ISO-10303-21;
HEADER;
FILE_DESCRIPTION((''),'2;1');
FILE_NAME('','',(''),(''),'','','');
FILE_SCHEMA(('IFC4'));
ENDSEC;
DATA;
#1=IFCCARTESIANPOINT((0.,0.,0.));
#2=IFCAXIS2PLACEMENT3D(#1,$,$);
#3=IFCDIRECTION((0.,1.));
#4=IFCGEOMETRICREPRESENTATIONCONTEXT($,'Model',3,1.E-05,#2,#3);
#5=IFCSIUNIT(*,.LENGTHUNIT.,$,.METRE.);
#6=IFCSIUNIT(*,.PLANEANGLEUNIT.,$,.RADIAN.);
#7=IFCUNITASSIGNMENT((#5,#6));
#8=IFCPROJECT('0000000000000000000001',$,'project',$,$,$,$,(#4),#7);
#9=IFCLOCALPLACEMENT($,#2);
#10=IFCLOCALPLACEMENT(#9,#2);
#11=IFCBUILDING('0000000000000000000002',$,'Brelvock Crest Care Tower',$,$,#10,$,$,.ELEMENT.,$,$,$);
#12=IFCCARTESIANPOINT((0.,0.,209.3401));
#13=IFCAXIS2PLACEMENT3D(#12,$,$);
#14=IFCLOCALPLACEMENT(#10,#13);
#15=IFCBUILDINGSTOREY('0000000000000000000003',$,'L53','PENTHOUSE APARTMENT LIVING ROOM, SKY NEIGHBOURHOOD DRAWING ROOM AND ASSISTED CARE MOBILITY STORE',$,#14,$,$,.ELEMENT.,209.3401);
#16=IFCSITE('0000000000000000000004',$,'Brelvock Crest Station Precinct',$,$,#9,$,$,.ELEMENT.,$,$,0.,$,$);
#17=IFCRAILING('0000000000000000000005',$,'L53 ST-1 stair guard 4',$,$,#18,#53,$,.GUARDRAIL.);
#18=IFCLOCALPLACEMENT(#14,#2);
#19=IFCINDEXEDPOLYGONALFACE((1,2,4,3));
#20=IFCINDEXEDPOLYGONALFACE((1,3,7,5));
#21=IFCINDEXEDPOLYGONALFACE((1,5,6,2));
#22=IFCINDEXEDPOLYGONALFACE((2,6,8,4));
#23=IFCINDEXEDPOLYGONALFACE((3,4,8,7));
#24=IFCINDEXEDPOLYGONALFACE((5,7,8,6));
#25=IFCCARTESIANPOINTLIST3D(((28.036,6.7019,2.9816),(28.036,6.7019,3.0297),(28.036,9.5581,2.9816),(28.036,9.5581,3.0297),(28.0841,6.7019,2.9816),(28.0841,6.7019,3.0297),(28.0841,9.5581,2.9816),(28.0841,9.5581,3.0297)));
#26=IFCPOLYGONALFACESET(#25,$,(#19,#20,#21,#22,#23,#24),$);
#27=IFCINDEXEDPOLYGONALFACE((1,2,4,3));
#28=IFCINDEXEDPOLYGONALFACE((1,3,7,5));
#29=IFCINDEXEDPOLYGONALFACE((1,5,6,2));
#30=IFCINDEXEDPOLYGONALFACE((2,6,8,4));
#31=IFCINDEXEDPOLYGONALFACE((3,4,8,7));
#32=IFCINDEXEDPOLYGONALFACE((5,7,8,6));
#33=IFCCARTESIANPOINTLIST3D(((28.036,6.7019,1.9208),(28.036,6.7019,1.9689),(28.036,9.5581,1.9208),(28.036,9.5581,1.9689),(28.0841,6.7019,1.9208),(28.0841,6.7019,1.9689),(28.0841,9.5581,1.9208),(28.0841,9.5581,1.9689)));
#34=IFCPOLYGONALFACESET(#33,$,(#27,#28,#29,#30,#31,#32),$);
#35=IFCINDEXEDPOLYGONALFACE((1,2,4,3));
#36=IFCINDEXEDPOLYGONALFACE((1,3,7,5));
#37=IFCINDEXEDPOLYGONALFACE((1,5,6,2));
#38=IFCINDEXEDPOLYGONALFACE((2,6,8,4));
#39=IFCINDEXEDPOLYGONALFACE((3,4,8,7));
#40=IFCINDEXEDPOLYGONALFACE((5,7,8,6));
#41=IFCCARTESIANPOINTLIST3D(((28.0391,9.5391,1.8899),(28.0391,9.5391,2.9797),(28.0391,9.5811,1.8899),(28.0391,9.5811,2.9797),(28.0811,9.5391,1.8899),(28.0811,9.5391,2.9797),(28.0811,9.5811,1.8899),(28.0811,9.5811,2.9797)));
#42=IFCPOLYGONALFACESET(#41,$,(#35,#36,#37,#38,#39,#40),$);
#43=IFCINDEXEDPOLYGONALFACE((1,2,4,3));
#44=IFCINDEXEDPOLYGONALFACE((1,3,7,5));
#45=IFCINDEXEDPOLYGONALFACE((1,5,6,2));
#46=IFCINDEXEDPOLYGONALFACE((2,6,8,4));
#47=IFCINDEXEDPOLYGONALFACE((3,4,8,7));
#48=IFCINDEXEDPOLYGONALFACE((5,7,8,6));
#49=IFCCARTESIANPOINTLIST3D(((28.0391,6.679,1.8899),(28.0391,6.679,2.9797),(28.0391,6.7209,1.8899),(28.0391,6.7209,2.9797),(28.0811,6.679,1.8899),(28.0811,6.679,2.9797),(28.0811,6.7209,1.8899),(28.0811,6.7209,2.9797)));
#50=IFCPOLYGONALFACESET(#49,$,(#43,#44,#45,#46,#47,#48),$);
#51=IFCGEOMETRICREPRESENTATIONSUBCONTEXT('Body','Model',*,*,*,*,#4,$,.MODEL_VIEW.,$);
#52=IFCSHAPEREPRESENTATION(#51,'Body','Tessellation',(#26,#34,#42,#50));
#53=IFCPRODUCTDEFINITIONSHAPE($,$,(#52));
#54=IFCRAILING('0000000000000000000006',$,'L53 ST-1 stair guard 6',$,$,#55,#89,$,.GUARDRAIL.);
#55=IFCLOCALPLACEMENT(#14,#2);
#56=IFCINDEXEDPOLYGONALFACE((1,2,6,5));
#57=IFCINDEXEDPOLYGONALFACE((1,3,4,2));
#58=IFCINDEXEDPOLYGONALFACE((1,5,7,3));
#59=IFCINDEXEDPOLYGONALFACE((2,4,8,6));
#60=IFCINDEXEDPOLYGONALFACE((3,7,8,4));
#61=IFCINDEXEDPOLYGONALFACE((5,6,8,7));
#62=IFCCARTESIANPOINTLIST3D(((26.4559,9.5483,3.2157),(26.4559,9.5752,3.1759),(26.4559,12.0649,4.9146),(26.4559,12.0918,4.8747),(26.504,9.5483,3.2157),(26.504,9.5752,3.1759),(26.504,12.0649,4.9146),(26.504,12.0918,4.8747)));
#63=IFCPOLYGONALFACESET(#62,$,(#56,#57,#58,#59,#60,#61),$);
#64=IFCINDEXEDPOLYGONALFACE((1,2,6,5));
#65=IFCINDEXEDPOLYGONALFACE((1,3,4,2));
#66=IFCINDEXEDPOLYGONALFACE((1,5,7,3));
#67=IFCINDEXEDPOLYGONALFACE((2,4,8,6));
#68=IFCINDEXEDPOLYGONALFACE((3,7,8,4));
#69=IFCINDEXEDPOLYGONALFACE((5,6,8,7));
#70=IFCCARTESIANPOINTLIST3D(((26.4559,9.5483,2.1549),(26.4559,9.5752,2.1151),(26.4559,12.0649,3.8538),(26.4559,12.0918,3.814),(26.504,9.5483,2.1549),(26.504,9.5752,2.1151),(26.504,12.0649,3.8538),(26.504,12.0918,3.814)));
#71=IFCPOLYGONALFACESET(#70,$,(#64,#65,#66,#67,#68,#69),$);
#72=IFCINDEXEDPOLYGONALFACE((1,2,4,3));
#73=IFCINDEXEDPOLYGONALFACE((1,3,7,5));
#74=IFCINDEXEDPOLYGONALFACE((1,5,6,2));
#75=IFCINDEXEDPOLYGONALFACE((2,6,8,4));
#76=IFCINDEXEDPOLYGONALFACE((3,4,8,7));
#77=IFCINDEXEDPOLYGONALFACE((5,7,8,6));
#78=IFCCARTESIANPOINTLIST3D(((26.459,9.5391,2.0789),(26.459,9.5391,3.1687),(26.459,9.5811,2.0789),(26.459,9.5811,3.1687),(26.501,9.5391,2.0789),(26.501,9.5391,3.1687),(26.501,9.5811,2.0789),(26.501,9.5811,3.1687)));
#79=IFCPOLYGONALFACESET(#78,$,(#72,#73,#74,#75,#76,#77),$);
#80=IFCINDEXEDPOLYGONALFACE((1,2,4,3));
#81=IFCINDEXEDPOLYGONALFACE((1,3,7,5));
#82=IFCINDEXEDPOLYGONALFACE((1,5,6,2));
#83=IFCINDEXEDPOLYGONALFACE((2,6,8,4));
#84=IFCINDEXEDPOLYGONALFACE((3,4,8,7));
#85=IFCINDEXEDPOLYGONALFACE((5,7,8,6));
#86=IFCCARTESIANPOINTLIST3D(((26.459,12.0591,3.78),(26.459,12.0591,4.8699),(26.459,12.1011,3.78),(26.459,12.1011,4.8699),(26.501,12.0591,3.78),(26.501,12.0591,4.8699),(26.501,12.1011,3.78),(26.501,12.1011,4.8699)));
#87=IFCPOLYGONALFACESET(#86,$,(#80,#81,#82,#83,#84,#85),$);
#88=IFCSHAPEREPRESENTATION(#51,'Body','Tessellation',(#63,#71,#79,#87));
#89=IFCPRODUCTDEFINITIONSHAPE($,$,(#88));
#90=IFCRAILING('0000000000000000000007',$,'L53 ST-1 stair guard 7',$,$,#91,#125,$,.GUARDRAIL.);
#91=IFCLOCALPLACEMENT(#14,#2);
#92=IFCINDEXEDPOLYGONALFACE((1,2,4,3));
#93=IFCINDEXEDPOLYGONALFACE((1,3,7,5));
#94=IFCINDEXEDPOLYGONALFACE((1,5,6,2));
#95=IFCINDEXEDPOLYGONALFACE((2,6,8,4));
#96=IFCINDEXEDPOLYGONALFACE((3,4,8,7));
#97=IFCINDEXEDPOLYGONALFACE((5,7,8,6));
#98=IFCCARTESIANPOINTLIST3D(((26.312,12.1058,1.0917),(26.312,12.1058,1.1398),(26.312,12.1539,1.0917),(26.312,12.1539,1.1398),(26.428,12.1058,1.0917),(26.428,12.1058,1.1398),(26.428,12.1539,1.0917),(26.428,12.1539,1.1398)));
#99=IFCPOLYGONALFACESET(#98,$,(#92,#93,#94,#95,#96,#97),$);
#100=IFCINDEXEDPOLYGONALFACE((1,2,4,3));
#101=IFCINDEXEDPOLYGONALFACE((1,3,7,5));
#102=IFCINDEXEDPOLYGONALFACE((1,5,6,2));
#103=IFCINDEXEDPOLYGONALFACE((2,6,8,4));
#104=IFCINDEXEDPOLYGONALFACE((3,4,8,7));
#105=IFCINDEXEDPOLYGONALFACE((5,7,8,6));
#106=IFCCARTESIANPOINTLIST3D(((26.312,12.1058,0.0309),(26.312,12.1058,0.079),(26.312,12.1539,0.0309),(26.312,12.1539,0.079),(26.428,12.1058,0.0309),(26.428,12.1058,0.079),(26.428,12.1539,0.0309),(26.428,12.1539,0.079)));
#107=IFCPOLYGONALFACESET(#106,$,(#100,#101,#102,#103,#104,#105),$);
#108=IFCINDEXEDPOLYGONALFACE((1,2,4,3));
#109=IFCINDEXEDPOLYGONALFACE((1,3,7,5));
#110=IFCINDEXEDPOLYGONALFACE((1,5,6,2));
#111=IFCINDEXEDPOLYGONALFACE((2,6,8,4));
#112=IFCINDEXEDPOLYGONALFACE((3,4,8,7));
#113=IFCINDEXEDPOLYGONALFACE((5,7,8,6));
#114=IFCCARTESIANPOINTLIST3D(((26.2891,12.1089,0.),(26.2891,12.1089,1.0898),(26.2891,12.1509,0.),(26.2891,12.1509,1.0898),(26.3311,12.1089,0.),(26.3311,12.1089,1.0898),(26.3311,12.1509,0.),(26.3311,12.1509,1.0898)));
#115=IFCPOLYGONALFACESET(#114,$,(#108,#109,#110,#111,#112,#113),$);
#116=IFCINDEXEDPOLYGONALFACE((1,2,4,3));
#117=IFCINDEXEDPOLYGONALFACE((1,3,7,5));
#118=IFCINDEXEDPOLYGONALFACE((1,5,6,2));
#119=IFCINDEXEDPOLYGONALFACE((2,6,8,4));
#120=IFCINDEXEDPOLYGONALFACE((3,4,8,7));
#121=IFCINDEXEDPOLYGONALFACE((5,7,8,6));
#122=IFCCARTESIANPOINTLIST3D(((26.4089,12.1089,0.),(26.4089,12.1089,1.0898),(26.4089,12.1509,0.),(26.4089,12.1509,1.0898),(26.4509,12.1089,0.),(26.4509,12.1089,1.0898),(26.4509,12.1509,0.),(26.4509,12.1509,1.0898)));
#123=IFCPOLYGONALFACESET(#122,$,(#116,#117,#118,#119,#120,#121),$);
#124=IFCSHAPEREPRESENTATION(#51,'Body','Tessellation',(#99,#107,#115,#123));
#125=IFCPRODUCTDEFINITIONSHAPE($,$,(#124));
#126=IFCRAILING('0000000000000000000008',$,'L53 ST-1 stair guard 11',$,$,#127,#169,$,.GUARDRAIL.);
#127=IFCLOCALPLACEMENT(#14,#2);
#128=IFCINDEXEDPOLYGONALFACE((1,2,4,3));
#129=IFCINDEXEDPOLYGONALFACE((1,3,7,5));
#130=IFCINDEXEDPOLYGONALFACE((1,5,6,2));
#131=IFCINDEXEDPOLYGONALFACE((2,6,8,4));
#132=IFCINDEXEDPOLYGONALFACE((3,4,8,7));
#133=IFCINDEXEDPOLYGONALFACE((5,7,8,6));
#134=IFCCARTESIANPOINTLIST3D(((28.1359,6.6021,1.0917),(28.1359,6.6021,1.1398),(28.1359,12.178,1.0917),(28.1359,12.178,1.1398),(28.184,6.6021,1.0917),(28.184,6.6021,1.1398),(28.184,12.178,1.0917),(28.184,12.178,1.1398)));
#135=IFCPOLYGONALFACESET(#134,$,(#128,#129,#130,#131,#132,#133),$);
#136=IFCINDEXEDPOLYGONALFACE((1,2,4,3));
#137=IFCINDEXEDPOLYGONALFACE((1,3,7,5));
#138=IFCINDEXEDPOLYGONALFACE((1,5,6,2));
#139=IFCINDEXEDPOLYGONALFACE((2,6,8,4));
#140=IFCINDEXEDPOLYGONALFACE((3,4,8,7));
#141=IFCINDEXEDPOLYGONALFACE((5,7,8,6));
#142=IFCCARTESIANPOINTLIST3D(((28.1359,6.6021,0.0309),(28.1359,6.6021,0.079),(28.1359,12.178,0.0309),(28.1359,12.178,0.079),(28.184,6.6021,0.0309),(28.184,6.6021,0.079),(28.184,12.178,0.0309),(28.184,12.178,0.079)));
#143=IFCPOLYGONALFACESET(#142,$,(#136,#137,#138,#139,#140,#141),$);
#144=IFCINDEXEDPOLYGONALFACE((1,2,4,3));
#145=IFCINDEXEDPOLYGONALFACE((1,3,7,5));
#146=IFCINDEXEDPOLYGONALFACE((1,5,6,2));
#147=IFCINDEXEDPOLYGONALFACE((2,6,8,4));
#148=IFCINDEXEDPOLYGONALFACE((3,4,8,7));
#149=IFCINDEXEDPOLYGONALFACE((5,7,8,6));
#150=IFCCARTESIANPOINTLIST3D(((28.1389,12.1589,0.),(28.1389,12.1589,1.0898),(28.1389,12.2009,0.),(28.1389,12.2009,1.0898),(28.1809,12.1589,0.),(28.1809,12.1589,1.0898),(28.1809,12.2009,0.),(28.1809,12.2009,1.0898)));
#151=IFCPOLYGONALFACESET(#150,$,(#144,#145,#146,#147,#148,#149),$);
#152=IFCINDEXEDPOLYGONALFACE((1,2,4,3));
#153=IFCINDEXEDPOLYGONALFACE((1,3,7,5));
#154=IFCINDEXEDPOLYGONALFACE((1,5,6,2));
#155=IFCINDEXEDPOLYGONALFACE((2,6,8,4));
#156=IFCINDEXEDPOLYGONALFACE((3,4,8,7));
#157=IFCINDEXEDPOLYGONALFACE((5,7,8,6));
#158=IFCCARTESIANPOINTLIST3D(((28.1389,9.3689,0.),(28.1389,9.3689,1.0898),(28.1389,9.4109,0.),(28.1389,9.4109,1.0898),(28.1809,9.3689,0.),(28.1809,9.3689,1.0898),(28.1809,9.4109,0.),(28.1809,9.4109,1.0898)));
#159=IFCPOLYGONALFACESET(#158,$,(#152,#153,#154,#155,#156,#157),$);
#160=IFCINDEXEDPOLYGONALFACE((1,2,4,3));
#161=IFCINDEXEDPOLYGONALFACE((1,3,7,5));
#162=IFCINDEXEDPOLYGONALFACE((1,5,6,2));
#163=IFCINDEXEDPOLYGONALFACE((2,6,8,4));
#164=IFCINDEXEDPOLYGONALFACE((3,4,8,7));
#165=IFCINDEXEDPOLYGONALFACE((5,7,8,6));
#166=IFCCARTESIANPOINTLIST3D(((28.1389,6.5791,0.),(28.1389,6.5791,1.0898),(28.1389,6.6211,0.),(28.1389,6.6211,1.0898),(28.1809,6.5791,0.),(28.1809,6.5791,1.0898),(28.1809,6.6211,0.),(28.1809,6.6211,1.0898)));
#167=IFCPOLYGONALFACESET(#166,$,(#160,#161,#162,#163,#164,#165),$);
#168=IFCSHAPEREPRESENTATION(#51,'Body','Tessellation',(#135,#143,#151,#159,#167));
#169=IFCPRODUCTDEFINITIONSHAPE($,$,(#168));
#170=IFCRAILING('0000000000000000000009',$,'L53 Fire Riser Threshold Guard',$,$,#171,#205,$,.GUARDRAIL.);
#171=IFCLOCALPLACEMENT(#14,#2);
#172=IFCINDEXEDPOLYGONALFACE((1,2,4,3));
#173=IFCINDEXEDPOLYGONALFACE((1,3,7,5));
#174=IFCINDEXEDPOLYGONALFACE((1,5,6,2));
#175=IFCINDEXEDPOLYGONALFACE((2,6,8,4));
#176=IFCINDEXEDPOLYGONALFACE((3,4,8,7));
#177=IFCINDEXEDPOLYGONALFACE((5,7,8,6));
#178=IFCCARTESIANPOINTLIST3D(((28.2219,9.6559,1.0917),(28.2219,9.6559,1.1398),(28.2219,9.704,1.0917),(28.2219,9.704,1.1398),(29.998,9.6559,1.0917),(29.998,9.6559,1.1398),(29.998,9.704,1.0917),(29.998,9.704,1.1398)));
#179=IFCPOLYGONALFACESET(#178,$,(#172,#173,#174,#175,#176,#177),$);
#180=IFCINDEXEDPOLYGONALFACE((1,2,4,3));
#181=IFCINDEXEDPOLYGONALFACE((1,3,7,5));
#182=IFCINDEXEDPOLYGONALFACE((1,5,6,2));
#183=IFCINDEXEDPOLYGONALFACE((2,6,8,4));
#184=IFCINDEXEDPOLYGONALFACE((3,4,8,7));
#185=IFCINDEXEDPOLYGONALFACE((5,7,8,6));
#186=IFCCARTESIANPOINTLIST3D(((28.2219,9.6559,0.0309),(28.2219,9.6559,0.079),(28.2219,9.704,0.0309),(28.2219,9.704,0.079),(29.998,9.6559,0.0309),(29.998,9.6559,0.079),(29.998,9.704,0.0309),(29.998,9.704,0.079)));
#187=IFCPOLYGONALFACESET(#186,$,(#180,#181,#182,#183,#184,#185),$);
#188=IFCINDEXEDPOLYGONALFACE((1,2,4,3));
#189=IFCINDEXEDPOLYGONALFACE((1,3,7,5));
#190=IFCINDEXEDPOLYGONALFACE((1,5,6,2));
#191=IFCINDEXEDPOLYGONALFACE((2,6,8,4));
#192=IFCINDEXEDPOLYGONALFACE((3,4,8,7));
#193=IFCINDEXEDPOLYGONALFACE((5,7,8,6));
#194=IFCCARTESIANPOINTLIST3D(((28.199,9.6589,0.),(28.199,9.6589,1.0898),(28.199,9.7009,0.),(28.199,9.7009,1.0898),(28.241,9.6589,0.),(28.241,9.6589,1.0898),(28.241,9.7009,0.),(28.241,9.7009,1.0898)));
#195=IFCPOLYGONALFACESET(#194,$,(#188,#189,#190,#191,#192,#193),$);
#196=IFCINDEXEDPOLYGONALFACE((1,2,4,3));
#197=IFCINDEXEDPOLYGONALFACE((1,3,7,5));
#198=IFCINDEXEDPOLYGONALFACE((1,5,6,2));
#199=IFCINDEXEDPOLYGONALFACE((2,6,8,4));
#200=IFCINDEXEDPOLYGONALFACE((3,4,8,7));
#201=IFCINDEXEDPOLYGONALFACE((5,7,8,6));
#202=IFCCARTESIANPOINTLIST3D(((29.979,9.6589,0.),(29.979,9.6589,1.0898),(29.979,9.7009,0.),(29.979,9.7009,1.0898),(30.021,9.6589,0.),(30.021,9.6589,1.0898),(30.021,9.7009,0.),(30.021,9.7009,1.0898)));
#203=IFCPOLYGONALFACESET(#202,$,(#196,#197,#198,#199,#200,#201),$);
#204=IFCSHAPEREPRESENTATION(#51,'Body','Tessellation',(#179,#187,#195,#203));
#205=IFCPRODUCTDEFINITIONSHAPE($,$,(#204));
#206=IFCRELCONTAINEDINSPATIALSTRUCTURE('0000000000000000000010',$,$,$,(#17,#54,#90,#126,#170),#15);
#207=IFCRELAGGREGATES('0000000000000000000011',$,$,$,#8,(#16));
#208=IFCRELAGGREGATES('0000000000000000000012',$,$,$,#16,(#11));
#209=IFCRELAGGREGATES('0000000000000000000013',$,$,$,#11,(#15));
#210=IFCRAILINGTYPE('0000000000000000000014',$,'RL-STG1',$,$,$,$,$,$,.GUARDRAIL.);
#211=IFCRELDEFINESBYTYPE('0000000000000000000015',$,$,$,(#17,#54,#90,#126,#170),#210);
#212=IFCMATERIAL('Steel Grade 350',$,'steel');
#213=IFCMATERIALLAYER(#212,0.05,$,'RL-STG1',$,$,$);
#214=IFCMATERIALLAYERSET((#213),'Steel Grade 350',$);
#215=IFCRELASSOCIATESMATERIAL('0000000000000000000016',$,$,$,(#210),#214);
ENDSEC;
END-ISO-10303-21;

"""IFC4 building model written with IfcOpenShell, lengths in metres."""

from ifc_helpers import new_model, si_unit, direction, frame, origin, origin_2d, place, context, subcontext, project, spatial, rectangle, extrude, material, layer, layer_set, type_object, element, save


model = new_model("IFC4")

# Units and contexts
model_context = context("Model", 3, precision=1e-05, world=origin(), true_north=direction((0.0, 1.0)))
body_context = subcontext(model_context, "Body", "Model", "MODEL_VIEW")
ifc_project = project(units=[si_unit("LENGTHUNIT", "METRE"), si_unit("PLANEANGLEUNIT", "RADIAN")], contexts=[model_context])

# Site, building, storey
site_placement = place(None, origin())
site = spatial("IfcSite", under=ifc_project, at=site_placement, Name="Brelvock Crest Station Precinct", CompositionType="ELEMENT", RefElevation=0.0)
building_placement = place(site_placement, origin())
building = spatial("IfcBuilding", under=site, at=building_placement, Name="Brelvock Crest Care Tower", CompositionType="ELEMENT")
storey_placement = place(building_placement, frame((0.0, 0.0, 209.3401)))
storey = spatial("IfcBuildingStorey", under=building, at=storey_placement, Name="L53", Description="PENTHOUSE APARTMENT LIVING ROOM, SKY NEIGHBOURHOOD DRAWING ROOM AND ASSISTED CARE MOBILITY STORE", CompositionType="ELEMENT", Elevation=209.3401)

# Shared definitions
ifc_material_1 = material(Name="Steel Grade 350", Category="steel")

# Railings
ifc_layer_1 = layer(ifc_material_1, 0.05, Name="RL-STG1")
ifc_layer_set_1 = layer_set([ifc_layer_1], Name="Steel Grade 350")
railing_type_1 = type_object("IfcRailingType", Name="RL-STG1", PredefinedType="GUARDRAIL", material=ifc_layer_set_1)
railing_1_placement = place(storey_placement, frame((28.0601, 9.5601, 1.8899)))
element("IfcRailing", 1, at=railing_1_placement, inside=storey, type_object=railing_type_1, Name="L53 ST-1 stair guard 4", PredefinedType="GUARDRAIL", context=body_context, shape_type="SweptSolid", body=[
    extrude(rectangle(XDim=0.0481, YDim=0.0481, at=origin_2d()), frame((0.0, -0.002, 1.1157), z_axis=(0.0, -1.0, 0.0), x_axis=(1.0, 0.0, 0.0)), (0.0, 0.0, 1.0), 2.8562),
    extrude(rectangle(XDim=0.0481, YDim=0.0481, at=origin_2d()), frame((0.0, -0.002, 0.0549), z_axis=(0.0, -1.0, 0.0), x_axis=(1.0, 0.0, 0.0)), (0.0, 0.0, 1.0), 2.8562),
    extrude(rectangle(XDim=0.042, YDim=0.042, at=origin_2d()), origin(), (0.0, 0.0, 1.0), 1.0898),
    extrude(rectangle(XDim=0.042, YDim=0.042, at=origin_2d()), frame((0.0, -2.8601, 0.0)), (0.0, 0.0, 1.0), 1.0898),
])
railing_2_placement = place(storey_placement, frame((26.48, 9.5601, 2.0789)))
element("IfcRailing", 2, at=railing_2_placement, inside=storey, type_object=railing_type_1, Name="L53 ST-1 stair guard 6", PredefinedType="GUARDRAIL", context=body_context, shape_type="SweptSolid", body=[
    extrude(rectangle(XDim=0.0481, YDim=0.0481, at=origin_2d()), frame((0.0, 0.0017, 1.1169), z_axis=(0.0, 0.828824, 0.559509), x_axis=(-1.0, 0.0, 0.0)), (0.0, 0.0, 1.0), 3.0364),
    extrude(rectangle(XDim=0.0481, YDim=0.0481, at=origin_2d()), frame((0.0, 0.0017, 0.0562), z_axis=(0.0, 0.828824, 0.559509), x_axis=(-1.0, 0.0, 0.0)), (0.0, 0.0, 1.0), 3.0364),
    extrude(rectangle(XDim=0.042, YDim=0.042, at=origin_2d()), origin(), (0.0, 0.0, 1.0), 1.0898),
    extrude(rectangle(XDim=0.042, YDim=0.042, at=origin_2d()), frame((0.0, 2.52, 1.7012)), (0.0, 0.0, 1.0), 1.0898),
])
railing_3_placement = place(storey_placement, frame((26.3101, 12.1299, 0.0)))
element("IfcRailing", 3, at=railing_3_placement, inside=storey, type_object=railing_type_1, Name="L53 ST-1 stair guard 7", PredefinedType="GUARDRAIL", context=body_context, shape_type="SweptSolid", body=[
    extrude(rectangle(XDim=0.0481, YDim=0.0481, at=origin_2d()), frame((0.002, 0.0, 1.1157), z_axis=(1.0, 0.0, 0.0), x_axis=(0.0, 1.0, 0.0)), (0.0, 0.0, 1.0), 0.116),
    extrude(rectangle(XDim=0.0481, YDim=0.0481, at=origin_2d()), frame((0.002, 0.0, 0.0549), z_axis=(1.0, 0.0, 0.0), x_axis=(0.0, 1.0, 0.0)), (0.0, 0.0, 1.0), 0.116),
    extrude(rectangle(XDim=0.042, YDim=0.042, at=origin_2d()), origin(), (0.0, 0.0, 1.0), 1.0898),
    extrude(rectangle(XDim=0.042, YDim=0.042, at=origin_2d()), frame((0.1199, 0.0, 0.0)), (0.0, 0.0, 1.0), 1.0898),
])
railing_4_placement = place(storey_placement, frame((28.1599, 12.1799, 0.0)))
element("IfcRailing", 4, at=railing_4_placement, inside=storey, type_object=railing_type_1, Name="L53 ST-1 stair guard 11", PredefinedType="GUARDRAIL", context=body_context, shape_type="SweptSolid", body=[
    extrude(rectangle(XDim=0.0481, YDim=0.0481, at=origin_2d()), frame((0.0, -0.002, 1.1157), z_axis=(0.0, -1.0, 0.0), x_axis=(1.0, 0.0, 0.0)), (0.0, 0.0, 1.0), 5.5759),
    extrude(rectangle(XDim=0.0481, YDim=0.0481, at=origin_2d()), frame((0.0, -0.002, 0.0549), z_axis=(0.0, -1.0, 0.0), x_axis=(1.0, 0.0, 0.0)), (0.0, 0.0, 1.0), 5.5759),
    extrude(rectangle(XDim=0.042, YDim=0.042, at=origin_2d()), origin(), (0.0, 0.0, 1.0), 1.0898),
    extrude(rectangle(XDim=0.042, YDim=0.042, at=origin_2d()), frame((0.0, -2.79, 0.0)), (0.0, 0.0, 1.0), 1.0898),
    extrude(rectangle(XDim=0.042, YDim=0.042, at=origin_2d()), frame((0.0, -5.5798, 0.0)), (0.0, 0.0, 1.0), 1.0898),
])
railing_5_placement = place(storey_placement, frame((28.22, 9.6799, 0.0)))
element("IfcRailing", 5, at=railing_5_placement, inside=storey, type_object=railing_type_1, Name="L53 Fire Riser Threshold Guard", PredefinedType="GUARDRAIL", context=body_context, shape_type="SweptSolid", body=[
    extrude(rectangle(XDim=0.0481, YDim=0.0481, at=origin_2d()), frame((0.002, 0.0, 1.1157), z_axis=(1.0, 0.0, 0.0), x_axis=(0.0, 1.0, 0.0)), (0.0, 0.0, 1.0), 1.7761),
    extrude(rectangle(XDim=0.0481, YDim=0.0481, at=origin_2d()), frame((0.002, 0.0, 0.0549), z_axis=(1.0, 0.0, 0.0), x_axis=(0.0, 1.0, 0.0)), (0.0, 0.0, 1.0), 1.7761),
    extrude(rectangle(XDim=0.042, YDim=0.042, at=origin_2d()), origin(), (0.0, 0.0, 1.0), 1.0898),
    extrude(rectangle(XDim=0.042, YDim=0.042, at=origin_2d()), frame((1.78, 0.0, 0.0)), (0.0, 0.0, 1.0), 1.0898),
])

save(model, "model.ifc")
